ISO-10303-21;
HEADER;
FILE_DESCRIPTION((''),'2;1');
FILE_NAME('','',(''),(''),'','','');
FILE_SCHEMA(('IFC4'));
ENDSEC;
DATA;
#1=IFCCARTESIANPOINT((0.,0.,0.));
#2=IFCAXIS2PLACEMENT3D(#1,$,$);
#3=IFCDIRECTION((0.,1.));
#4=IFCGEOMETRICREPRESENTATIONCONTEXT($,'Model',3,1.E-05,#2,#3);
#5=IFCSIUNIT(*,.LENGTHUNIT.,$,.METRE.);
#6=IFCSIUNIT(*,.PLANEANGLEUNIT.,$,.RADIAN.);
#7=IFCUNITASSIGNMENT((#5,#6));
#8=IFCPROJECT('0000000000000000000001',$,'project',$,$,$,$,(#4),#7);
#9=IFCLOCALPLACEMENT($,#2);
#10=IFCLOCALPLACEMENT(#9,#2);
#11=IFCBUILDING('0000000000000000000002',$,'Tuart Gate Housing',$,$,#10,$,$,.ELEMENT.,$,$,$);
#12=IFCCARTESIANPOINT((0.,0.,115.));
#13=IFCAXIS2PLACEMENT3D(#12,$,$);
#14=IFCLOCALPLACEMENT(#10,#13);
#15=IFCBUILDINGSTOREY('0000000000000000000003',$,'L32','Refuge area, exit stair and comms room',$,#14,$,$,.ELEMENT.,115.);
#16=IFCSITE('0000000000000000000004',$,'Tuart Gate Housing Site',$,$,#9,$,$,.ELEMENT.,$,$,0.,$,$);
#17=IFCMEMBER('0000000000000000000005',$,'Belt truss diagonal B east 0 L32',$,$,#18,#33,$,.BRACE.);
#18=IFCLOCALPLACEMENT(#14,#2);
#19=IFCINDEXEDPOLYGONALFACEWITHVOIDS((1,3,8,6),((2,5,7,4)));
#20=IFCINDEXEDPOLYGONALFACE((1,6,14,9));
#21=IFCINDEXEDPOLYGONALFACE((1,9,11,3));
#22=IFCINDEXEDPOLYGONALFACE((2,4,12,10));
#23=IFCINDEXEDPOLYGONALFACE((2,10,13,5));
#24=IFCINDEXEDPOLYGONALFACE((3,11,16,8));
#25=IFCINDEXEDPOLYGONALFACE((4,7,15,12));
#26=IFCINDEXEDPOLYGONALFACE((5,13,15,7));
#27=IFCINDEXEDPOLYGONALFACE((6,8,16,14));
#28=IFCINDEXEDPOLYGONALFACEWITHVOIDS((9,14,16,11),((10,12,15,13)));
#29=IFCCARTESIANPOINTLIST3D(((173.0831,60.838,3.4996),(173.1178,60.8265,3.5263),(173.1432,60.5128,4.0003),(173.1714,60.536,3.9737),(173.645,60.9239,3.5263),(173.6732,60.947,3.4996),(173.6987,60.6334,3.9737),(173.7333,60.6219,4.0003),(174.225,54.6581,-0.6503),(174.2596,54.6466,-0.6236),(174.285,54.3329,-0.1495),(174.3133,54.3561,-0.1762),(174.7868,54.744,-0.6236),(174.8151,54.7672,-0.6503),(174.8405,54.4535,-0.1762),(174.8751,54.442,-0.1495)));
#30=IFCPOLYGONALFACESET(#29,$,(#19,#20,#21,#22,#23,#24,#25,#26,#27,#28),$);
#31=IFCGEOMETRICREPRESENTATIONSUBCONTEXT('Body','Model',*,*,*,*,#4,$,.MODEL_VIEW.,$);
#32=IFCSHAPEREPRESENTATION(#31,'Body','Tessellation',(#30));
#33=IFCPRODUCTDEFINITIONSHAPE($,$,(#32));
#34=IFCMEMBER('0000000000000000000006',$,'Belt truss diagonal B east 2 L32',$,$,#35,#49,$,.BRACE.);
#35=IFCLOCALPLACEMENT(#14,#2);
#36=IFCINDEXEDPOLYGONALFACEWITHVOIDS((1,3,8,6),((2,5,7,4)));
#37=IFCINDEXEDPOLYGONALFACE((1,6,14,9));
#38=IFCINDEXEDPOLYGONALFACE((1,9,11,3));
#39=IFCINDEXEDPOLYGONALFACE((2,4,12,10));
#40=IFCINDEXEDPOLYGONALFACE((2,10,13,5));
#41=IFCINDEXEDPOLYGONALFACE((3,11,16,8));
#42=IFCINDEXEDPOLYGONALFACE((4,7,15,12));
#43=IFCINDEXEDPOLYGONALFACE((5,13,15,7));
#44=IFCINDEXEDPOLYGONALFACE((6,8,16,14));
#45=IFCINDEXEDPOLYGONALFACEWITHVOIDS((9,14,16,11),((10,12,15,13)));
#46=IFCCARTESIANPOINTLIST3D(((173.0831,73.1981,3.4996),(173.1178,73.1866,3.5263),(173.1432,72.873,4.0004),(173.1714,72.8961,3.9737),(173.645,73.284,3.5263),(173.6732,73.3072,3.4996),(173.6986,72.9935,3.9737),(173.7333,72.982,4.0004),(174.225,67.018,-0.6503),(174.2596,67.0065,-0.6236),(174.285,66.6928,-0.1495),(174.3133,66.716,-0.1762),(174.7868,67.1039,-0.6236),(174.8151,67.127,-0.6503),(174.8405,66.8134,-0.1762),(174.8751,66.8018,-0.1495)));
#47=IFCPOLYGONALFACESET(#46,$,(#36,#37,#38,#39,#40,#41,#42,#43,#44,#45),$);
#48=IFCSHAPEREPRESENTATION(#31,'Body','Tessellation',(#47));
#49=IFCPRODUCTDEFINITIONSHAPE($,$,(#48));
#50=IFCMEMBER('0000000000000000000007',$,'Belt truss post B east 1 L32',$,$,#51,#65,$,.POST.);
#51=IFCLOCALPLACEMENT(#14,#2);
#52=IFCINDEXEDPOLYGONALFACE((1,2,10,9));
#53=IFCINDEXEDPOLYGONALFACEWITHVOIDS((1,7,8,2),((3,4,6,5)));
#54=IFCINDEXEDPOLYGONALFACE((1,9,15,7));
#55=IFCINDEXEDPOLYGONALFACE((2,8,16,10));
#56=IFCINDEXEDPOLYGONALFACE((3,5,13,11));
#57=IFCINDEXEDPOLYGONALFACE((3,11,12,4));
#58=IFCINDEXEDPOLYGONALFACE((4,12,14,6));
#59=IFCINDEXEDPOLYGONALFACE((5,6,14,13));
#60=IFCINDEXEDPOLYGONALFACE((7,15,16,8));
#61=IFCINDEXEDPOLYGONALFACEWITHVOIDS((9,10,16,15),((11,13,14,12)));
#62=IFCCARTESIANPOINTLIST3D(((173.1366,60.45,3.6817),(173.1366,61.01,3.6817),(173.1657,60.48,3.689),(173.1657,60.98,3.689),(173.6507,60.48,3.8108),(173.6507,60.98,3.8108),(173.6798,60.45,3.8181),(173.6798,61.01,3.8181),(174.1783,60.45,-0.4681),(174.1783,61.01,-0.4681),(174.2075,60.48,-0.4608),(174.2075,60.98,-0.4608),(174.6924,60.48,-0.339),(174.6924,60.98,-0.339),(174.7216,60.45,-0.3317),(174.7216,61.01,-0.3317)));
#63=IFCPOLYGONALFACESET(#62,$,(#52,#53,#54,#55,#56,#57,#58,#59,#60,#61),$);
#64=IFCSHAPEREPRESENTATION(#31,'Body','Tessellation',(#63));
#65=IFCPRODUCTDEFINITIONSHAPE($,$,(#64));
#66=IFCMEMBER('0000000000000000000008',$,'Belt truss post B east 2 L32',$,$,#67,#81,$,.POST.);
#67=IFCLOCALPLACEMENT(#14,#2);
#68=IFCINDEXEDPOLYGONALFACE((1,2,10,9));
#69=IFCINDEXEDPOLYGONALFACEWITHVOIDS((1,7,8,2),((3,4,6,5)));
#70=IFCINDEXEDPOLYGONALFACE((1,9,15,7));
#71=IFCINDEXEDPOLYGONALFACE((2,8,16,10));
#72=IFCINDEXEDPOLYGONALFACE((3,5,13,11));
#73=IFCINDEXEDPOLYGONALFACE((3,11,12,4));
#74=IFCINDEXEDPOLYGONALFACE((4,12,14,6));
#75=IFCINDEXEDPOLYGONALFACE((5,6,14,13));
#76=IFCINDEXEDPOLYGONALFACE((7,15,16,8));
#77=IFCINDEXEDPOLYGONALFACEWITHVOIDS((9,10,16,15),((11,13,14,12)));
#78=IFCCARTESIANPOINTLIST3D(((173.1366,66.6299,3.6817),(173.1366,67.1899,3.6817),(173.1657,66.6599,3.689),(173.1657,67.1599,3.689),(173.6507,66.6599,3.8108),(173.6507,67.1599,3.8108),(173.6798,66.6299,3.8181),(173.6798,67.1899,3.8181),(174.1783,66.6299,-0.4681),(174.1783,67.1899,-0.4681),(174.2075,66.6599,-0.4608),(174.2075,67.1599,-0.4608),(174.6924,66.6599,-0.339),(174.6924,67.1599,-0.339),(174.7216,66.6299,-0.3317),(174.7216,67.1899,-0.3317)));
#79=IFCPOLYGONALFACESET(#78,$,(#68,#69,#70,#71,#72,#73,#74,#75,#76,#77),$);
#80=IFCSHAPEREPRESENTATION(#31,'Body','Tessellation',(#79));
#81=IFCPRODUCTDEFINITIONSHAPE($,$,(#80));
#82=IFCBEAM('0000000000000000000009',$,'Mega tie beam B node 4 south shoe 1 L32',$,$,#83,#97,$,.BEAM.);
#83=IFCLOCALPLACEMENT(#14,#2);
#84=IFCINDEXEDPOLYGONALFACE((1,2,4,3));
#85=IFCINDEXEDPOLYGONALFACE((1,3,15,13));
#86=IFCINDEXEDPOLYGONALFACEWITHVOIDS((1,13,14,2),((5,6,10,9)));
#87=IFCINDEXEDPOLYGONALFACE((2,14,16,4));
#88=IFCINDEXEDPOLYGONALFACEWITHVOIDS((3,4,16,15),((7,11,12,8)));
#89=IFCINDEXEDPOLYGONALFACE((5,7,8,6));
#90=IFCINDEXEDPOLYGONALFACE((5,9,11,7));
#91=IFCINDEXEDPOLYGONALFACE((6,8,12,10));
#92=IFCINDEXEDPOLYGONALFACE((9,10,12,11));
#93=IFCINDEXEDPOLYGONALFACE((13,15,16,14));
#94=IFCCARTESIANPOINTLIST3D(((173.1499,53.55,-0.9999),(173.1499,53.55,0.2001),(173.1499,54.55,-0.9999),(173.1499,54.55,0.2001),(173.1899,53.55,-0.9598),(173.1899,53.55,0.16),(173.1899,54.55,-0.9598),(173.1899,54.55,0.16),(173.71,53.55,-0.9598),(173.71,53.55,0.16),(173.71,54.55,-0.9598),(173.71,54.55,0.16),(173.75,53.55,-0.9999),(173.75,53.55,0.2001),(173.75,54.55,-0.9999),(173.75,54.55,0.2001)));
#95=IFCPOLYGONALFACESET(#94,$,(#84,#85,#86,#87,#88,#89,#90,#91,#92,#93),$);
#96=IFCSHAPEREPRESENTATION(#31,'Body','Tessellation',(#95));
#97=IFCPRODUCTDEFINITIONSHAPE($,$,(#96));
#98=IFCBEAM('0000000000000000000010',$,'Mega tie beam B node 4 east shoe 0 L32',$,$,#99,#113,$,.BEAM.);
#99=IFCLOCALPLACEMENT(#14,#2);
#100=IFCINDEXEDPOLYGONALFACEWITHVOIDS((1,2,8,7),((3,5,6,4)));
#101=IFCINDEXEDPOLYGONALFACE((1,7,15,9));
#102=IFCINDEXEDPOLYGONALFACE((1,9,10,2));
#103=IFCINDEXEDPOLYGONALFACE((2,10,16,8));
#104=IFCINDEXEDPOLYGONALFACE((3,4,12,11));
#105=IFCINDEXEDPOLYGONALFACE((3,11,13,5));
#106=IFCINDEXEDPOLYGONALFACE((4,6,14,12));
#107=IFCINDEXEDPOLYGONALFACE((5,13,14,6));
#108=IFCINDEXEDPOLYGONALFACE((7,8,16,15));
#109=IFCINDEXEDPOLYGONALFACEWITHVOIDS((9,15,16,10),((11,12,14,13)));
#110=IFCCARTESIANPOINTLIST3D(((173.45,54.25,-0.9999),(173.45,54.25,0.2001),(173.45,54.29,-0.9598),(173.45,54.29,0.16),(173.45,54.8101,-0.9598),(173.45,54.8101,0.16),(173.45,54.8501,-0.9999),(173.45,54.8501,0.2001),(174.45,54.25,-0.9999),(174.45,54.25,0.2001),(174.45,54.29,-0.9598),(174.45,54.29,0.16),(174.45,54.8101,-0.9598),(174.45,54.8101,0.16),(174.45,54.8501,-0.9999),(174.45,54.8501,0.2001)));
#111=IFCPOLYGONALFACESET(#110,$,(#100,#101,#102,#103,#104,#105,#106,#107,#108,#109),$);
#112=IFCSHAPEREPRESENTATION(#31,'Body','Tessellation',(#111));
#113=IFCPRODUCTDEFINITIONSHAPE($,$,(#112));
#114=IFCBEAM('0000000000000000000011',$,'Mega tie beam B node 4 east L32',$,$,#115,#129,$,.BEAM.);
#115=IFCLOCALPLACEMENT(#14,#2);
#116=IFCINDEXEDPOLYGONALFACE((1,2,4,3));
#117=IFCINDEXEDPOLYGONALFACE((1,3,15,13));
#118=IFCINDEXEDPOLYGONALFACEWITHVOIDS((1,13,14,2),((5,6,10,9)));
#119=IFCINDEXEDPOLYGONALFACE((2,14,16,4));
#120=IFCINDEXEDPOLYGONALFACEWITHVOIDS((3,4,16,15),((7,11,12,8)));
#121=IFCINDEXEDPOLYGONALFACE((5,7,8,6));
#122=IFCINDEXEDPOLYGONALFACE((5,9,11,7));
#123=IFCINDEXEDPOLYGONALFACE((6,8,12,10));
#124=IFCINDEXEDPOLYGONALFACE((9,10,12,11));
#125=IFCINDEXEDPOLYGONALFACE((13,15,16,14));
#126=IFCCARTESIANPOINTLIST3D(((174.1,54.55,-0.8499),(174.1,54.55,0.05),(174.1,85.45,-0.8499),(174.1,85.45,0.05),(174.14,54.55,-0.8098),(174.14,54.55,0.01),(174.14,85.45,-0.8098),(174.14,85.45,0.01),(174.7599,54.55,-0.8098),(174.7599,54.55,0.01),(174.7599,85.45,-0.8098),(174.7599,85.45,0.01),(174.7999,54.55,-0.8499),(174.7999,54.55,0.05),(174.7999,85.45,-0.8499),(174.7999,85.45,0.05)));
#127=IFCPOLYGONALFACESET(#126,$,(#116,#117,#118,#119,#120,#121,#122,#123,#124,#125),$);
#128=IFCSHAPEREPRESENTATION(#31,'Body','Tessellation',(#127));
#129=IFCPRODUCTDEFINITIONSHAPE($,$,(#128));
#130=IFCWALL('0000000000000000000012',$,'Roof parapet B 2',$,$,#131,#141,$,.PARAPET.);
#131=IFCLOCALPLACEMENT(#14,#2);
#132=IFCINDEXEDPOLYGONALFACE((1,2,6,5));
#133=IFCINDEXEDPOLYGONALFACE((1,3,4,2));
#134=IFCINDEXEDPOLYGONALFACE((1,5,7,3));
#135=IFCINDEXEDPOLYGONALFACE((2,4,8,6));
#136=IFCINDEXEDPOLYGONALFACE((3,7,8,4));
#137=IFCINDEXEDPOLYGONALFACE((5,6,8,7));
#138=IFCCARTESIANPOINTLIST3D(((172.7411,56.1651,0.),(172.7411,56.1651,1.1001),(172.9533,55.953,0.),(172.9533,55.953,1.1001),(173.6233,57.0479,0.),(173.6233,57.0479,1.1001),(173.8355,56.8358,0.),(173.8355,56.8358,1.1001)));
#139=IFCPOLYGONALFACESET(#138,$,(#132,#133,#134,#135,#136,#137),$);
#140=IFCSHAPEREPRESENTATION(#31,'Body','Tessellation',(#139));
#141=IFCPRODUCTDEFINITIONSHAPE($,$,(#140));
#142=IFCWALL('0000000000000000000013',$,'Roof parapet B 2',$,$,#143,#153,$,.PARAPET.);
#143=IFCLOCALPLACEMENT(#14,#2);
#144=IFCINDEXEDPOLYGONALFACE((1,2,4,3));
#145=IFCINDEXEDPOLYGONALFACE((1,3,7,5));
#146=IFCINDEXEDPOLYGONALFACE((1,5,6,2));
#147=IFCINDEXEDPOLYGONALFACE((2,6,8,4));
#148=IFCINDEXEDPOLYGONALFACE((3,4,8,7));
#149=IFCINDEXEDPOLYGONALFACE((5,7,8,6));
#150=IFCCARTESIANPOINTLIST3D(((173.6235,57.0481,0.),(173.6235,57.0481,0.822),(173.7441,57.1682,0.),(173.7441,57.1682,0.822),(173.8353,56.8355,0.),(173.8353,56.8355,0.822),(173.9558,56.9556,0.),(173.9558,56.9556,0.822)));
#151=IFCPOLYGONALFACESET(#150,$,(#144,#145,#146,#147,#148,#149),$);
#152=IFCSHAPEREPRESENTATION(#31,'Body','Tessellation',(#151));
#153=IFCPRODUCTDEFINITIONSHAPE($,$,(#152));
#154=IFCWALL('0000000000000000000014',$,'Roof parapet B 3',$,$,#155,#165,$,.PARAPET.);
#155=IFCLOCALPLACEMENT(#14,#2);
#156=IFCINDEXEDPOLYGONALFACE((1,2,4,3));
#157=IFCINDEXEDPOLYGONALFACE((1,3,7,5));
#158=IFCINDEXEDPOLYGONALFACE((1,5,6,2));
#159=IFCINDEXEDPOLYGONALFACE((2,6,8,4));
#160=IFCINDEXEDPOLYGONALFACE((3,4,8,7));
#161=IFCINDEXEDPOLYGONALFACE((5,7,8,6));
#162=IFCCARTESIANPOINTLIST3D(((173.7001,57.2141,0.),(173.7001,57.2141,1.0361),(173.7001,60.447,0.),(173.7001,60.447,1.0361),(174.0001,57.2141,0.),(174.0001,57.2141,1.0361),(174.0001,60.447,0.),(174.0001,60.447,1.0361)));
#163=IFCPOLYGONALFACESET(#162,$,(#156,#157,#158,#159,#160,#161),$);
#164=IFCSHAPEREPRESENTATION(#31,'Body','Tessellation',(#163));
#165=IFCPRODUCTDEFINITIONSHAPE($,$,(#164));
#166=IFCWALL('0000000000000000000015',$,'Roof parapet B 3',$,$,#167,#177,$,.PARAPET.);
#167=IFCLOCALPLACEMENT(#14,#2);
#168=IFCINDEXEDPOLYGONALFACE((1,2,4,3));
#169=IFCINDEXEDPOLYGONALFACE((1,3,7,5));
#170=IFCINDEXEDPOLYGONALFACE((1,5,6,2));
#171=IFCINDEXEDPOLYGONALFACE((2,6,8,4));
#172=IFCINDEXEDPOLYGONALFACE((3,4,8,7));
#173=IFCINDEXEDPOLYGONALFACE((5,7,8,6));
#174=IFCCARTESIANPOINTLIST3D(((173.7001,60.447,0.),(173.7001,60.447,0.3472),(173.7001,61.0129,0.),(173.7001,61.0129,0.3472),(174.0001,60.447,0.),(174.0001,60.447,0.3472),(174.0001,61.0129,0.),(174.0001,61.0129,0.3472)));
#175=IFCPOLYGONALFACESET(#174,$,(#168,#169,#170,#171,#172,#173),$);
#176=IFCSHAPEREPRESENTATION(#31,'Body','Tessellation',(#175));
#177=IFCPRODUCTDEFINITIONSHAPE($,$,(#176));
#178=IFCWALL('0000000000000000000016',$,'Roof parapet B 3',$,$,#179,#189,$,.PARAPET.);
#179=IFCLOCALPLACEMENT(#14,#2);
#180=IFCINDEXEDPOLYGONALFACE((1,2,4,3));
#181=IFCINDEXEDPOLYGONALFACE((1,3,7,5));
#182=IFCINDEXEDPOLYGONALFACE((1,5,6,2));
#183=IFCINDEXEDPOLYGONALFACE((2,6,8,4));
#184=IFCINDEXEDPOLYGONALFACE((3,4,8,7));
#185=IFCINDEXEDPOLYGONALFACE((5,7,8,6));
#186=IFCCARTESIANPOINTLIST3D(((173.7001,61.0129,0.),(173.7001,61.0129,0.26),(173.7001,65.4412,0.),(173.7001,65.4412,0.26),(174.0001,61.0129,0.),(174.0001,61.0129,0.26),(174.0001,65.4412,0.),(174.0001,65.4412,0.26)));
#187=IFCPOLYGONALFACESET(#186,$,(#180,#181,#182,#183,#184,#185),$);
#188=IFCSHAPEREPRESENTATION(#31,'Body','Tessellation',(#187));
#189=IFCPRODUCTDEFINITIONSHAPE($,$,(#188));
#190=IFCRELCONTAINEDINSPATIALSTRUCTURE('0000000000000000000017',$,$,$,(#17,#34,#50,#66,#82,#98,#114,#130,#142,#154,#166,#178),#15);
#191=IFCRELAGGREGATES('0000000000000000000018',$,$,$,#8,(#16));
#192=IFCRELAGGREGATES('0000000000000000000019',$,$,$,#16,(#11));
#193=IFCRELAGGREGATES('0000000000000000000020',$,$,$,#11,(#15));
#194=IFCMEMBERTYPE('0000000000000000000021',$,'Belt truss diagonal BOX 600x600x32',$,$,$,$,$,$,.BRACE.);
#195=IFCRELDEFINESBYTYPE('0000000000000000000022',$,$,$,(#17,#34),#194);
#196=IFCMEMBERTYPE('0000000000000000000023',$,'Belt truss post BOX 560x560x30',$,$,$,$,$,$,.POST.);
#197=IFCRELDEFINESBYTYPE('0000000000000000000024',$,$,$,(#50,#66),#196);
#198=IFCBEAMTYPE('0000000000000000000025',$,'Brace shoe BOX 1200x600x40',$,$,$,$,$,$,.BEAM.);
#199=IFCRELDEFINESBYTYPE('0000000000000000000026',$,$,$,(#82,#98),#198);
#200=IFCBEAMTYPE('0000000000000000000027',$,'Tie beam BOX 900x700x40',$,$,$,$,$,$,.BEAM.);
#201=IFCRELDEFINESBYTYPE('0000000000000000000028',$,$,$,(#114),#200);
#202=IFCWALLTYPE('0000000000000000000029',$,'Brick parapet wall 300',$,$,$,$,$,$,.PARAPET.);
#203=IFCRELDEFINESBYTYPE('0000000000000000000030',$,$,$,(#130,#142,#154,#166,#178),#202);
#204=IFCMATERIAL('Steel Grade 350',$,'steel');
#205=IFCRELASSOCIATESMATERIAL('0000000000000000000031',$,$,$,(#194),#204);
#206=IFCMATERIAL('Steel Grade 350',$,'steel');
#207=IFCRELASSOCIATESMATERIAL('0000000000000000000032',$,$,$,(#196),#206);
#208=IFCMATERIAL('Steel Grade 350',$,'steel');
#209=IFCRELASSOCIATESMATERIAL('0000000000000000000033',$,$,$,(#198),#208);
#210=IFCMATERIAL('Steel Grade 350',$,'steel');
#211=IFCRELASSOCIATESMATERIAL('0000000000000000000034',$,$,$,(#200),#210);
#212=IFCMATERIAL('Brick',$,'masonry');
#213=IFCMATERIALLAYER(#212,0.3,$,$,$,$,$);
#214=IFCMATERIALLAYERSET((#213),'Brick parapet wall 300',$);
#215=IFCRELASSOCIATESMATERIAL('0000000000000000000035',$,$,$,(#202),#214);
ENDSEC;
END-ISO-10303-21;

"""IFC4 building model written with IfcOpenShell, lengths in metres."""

from ifc_helpers import new_model, si_unit, direction, frame, frame_2d, origin, origin_2d, place, context, subcontext, project, spatial, rectangle, hollow_rectangle, extrude, material, layer, layer_set, material_profile, profile_set, type_object, element, save


model = new_model("IFC4")

# Units and contexts
model_context = context("Model", 3, precision=1e-05, world=origin(), true_north=direction((0.0, 1.0)))
body_context = subcontext(model_context, "Body", "Model", "MODEL_VIEW")
ifc_project = project(units=[si_unit("LENGTHUNIT", "METRE"), si_unit("PLANEANGLEUNIT", "RADIAN")], contexts=[model_context])

# Site, building, storey
site_placement = place(None, origin())
site = spatial("IfcSite", under=ifc_project, at=site_placement, Name="Tuart Gate Housing Site", CompositionType="ELEMENT", RefElevation=0.0)
building_placement = place(site_placement, origin())
building = spatial("IfcBuilding", under=site, at=building_placement, Name="Tuart Gate Housing", CompositionType="ELEMENT")
storey_placement = place(building_placement, frame((0.0, 0.0, 115.0)))
storey = spatial("IfcBuildingStorey", under=building, at=storey_placement, Name="L32", Description="Refuge area, exit stair and comms room", CompositionType="ELEMENT", Elevation=115.0)

# Members
ifc_material_1 = material(Name="Steel Grade 350", Category="steel")
ifc_material_profile_1 = material_profile(ifc_material_1, hollow_rectangle(XDim=0.6001, YDim=0.6001, WallThickness=0.032, at=origin_2d()), Name="BOX 600x600x32")
ifc_profile_set_1 = profile_set([ifc_material_profile_1], Name="Steel Grade 350")
member_type_1 = type_object("IfcMemberType", Name="Belt truss diagonal BOX 600x600x32", PredefinedType="BRACE", material=ifc_profile_set_1)
member_1_placement = place(storey_placement, frame((174.55, 54.55, -0.3999), z_axis=(-0.151618, 0.820591, 0.551037), x_axis=(-0.983356, -0.181691, 0.0)))
element("IfcMember", 1, at=member_1_placement, inside=storey, type_object=member_type_1, Name="Belt truss diagonal B east 0 L32", PredefinedType="BRACE", context=body_context, shape_type="SweptSolid", body=[
    extrude(hollow_rectangle(XDim=0.6001, YDim=0.6001, WallThickness=0.032, at=origin_2d()), origin(), (0.0, 0.0, 1.0), 7.531),
])
member_2_placement = place(storey_placement, frame((174.55, 66.9099, -0.3999), z_axis=(-0.151614, 0.820602, 0.551023), x_axis=(-0.983357, -0.181684, 0.0)))
element("IfcMember", 2, at=member_2_placement, inside=storey, type_object=member_type_1, Name="Belt truss diagonal B east 2 L32", PredefinedType="BRACE", context=body_context, shape_type="SweptSolid", body=[
    extrude(hollow_rectangle(XDim=0.6001, YDim=0.6001, WallThickness=0.032, at=origin_2d()), origin(), (0.0, 0.0, 1.0), 7.5312),
])
ifc_material_2 = material(Name="Steel Grade 350", Category="steel")
ifc_material_profile_2 = material_profile(ifc_material_2, hollow_rectangle(XDim=0.5601, YDim=0.5601, WallThickness=0.03, at=origin_2d()), Name="BOX 560x560x30")
ifc_profile_set_2 = profile_set([ifc_material_profile_2], Name="Steel Grade 350")
member_type_2 = type_object("IfcMemberType", Name="Belt truss post BOX 560x560x30", PredefinedType="POST", material=ifc_profile_set_2)
for number, where, z_axis, x_axis, name in (
    (3, (174.45, 60.73, -0.3999), (-0.243475, 0.0, 0.969907), (0.0, -1.0, 0.0), "Belt truss post B east 1 L32"),
    (4, (174.45, 66.9099, -0.3999), (-0.243475, 0.0, 0.969907), (0.0, -1.0, 0.0), "Belt truss post B east 2 L32"),
):
    element("IfcMember", number, at=place(storey_placement, frame(where, z_axis=z_axis, x_axis=x_axis)), inside=storey, type_object=member_type_2, Name=name, PredefinedType="POST", context=body_context, shape_type="SweptSolid", body=[
        extrude(hollow_rectangle(XDim=0.5601, YDim=0.5601, WallThickness=0.03, at=origin_2d()), origin(), (0.0, 0.0, 1.0), 4.2786),
    ])

# Beams
ifc_material_3 = material(Name="Steel Grade 350", Category="steel")
ifc_material_profile_3 = material_profile(ifc_material_3, hollow_rectangle(XDim=0.6001, YDim=1.2, WallThickness=0.04, at=origin_2d()), Name="BOX 1200x600x40")
ifc_profile_set_3 = profile_set([ifc_material_profile_3], Name="Steel Grade 350")
beam_type_1 = type_object("IfcBeamType", Name="Brace shoe BOX 1200x600x40", PredefinedType="BEAM", material=ifc_profile_set_3)
for number, where, z_axis, x_axis, name in (
    (5, (173.45, 54.55, -0.3999), (0.0, -1.0, 0.0), (1.0, 0.0, 0.0), "Mega tie beam B node 4 south shoe 1 L32"),
    (6, (173.45, 54.55, -0.3999), (1.0, 0.0, 0.0), (0.0, 1.0, 0.0), "Mega tie beam B node 4 east shoe 0 L32"),
):
    element("IfcBeam", number, at=place(storey_placement, frame(where, z_axis=z_axis, x_axis=x_axis)), inside=storey, type_object=beam_type_1, Name=name, PredefinedType="BEAM", context=body_context, shape_type="SweptSolid", body=[
        extrude(hollow_rectangle(XDim=0.6001, YDim=1.2, WallThickness=0.04, at=origin_2d()), origin(), (0.0, 0.0, 1.0), 1.0),
    ])
ifc_material_4 = material(Name="Steel Grade 350", Category="steel")
ifc_material_profile_4 = material_profile(ifc_material_4, hollow_rectangle(XDim=0.7, YDim=0.8999, WallThickness=0.04, at=origin_2d()), Name="BOX 900x700x40")
ifc_profile_set_4 = profile_set([ifc_material_profile_4], Name="Steel Grade 350")
beam_type_2 = type_object("IfcBeamType", Name="Tie beam BOX 900x700x40", PredefinedType="BEAM", material=ifc_profile_set_4)
beam_placement = place(storey_placement, frame((174.45, 54.55, -0.3999), z_axis=(0.0, 1.0, 0.0), x_axis=(-1.0, 0.0, 0.0)))
element("IfcBeam", 7, at=beam_placement, inside=storey, type_object=beam_type_2, Name="Mega tie beam B node 4 east L32", PredefinedType="BEAM", context=body_context, shape_type="SweptSolid", body=[
    extrude(hollow_rectangle(XDim=0.7, YDim=0.8999, WallThickness=0.04, at=origin_2d()), origin(), (0.0, 0.0, 1.0), 30.8999),
])

# Walls
ifc_material_5 = material(Name="Brick", Category="masonry")
ifc_layer_1 = layer(ifc_material_5, 0.3)
ifc_layer_set_1 = layer_set([ifc_layer_1], Name="Brick parapet wall 300")
wall_type_1 = type_object("IfcWallType", Name="Brick parapet wall 300", PredefinedType="PARAPET", material=ifc_layer_set_1)
wall_1_placement = place(storey_placement, frame((172.8472, 56.0591, 0.0), z_axis=(0.0, 0.0, 1.0), x_axis=(0.706911, 0.707302, 0.0)))
element("IfcWall", 8, at=wall_1_placement, inside=storey, type_object=wall_type_1, Name="Roof parapet B 2", PredefinedType="PARAPET", context=body_context, shape_type="SweptSolid", body=[
    extrude(rectangle(XDim=1.248, YDim=0.3, at=frame_2d((0.624, 0.0))), origin(), (0.0, 0.0, 1.0), 1.1001),
])
wall_2_placement = place(storey_placement, frame((173.7295, 56.9419, 0.0), z_axis=(0.0, 0.0, 1.0), x_axis=(0.70854, 0.705671, 0.0)))
element("IfcWall", 9, at=wall_2_placement, inside=storey, type_object=wall_type_1, Name="Roof parapet B 2", PredefinedType="PARAPET", context=body_context, shape_type="SweptSolid", body=[
    extrude(rectangle(XDim=0.1702, YDim=0.3, at=frame_2d((0.085, 0.0))), origin(), (0.0, 0.0, 1.0), 0.822),
])
wall_3_placement = place(storey_placement, frame((173.8501, 57.2141, 0.0), z_axis=(0.0, 0.0, 1.0), x_axis=(0.0, 1.0, 0.0)))
element("IfcWall", 10, at=wall_3_placement, inside=storey, type_object=wall_type_1, Name="Roof parapet B 3", PredefinedType="PARAPET", context=body_context, shape_type="SweptSolid", body=[
    extrude(rectangle(XDim=3.2329, YDim=0.3, at=frame_2d((1.6165, 0.0))), origin(), (0.0, 0.0, 1.0), 1.0361),
])
wall_4_placement = place(storey_placement, frame((173.8501, 60.447, 0.0), z_axis=(0.0, 0.0, 1.0), x_axis=(0.0, 1.0, 0.0)))
element("IfcWall", 11, at=wall_4_placement, inside=storey, type_object=wall_type_1, Name="Roof parapet B 3", PredefinedType="PARAPET", context=body_context, shape_type="SweptSolid", body=[
    extrude(rectangle(XDim=0.5659, YDim=0.3, at=frame_2d((0.283, 0.0))), origin(), (0.0, 0.0, 1.0), 0.3472),
])
wall_5_placement = place(storey_placement, frame((173.8501, 61.0129, 0.0), z_axis=(0.0, 0.0, 1.0), x_axis=(0.0, 1.0, 0.0)))
element("IfcWall", 12, at=wall_5_placement, inside=storey, type_object=wall_type_1, Name="Roof parapet B 3", PredefinedType="PARAPET", context=body_context, shape_type="SweptSolid", body=[
    extrude(rectangle(XDim=4.4282, YDim=0.3, at=frame_2d((2.2141, 0.0))), origin(), (0.0, 0.0, 1.0), 0.26),
])

save(model, "model.ifc")
